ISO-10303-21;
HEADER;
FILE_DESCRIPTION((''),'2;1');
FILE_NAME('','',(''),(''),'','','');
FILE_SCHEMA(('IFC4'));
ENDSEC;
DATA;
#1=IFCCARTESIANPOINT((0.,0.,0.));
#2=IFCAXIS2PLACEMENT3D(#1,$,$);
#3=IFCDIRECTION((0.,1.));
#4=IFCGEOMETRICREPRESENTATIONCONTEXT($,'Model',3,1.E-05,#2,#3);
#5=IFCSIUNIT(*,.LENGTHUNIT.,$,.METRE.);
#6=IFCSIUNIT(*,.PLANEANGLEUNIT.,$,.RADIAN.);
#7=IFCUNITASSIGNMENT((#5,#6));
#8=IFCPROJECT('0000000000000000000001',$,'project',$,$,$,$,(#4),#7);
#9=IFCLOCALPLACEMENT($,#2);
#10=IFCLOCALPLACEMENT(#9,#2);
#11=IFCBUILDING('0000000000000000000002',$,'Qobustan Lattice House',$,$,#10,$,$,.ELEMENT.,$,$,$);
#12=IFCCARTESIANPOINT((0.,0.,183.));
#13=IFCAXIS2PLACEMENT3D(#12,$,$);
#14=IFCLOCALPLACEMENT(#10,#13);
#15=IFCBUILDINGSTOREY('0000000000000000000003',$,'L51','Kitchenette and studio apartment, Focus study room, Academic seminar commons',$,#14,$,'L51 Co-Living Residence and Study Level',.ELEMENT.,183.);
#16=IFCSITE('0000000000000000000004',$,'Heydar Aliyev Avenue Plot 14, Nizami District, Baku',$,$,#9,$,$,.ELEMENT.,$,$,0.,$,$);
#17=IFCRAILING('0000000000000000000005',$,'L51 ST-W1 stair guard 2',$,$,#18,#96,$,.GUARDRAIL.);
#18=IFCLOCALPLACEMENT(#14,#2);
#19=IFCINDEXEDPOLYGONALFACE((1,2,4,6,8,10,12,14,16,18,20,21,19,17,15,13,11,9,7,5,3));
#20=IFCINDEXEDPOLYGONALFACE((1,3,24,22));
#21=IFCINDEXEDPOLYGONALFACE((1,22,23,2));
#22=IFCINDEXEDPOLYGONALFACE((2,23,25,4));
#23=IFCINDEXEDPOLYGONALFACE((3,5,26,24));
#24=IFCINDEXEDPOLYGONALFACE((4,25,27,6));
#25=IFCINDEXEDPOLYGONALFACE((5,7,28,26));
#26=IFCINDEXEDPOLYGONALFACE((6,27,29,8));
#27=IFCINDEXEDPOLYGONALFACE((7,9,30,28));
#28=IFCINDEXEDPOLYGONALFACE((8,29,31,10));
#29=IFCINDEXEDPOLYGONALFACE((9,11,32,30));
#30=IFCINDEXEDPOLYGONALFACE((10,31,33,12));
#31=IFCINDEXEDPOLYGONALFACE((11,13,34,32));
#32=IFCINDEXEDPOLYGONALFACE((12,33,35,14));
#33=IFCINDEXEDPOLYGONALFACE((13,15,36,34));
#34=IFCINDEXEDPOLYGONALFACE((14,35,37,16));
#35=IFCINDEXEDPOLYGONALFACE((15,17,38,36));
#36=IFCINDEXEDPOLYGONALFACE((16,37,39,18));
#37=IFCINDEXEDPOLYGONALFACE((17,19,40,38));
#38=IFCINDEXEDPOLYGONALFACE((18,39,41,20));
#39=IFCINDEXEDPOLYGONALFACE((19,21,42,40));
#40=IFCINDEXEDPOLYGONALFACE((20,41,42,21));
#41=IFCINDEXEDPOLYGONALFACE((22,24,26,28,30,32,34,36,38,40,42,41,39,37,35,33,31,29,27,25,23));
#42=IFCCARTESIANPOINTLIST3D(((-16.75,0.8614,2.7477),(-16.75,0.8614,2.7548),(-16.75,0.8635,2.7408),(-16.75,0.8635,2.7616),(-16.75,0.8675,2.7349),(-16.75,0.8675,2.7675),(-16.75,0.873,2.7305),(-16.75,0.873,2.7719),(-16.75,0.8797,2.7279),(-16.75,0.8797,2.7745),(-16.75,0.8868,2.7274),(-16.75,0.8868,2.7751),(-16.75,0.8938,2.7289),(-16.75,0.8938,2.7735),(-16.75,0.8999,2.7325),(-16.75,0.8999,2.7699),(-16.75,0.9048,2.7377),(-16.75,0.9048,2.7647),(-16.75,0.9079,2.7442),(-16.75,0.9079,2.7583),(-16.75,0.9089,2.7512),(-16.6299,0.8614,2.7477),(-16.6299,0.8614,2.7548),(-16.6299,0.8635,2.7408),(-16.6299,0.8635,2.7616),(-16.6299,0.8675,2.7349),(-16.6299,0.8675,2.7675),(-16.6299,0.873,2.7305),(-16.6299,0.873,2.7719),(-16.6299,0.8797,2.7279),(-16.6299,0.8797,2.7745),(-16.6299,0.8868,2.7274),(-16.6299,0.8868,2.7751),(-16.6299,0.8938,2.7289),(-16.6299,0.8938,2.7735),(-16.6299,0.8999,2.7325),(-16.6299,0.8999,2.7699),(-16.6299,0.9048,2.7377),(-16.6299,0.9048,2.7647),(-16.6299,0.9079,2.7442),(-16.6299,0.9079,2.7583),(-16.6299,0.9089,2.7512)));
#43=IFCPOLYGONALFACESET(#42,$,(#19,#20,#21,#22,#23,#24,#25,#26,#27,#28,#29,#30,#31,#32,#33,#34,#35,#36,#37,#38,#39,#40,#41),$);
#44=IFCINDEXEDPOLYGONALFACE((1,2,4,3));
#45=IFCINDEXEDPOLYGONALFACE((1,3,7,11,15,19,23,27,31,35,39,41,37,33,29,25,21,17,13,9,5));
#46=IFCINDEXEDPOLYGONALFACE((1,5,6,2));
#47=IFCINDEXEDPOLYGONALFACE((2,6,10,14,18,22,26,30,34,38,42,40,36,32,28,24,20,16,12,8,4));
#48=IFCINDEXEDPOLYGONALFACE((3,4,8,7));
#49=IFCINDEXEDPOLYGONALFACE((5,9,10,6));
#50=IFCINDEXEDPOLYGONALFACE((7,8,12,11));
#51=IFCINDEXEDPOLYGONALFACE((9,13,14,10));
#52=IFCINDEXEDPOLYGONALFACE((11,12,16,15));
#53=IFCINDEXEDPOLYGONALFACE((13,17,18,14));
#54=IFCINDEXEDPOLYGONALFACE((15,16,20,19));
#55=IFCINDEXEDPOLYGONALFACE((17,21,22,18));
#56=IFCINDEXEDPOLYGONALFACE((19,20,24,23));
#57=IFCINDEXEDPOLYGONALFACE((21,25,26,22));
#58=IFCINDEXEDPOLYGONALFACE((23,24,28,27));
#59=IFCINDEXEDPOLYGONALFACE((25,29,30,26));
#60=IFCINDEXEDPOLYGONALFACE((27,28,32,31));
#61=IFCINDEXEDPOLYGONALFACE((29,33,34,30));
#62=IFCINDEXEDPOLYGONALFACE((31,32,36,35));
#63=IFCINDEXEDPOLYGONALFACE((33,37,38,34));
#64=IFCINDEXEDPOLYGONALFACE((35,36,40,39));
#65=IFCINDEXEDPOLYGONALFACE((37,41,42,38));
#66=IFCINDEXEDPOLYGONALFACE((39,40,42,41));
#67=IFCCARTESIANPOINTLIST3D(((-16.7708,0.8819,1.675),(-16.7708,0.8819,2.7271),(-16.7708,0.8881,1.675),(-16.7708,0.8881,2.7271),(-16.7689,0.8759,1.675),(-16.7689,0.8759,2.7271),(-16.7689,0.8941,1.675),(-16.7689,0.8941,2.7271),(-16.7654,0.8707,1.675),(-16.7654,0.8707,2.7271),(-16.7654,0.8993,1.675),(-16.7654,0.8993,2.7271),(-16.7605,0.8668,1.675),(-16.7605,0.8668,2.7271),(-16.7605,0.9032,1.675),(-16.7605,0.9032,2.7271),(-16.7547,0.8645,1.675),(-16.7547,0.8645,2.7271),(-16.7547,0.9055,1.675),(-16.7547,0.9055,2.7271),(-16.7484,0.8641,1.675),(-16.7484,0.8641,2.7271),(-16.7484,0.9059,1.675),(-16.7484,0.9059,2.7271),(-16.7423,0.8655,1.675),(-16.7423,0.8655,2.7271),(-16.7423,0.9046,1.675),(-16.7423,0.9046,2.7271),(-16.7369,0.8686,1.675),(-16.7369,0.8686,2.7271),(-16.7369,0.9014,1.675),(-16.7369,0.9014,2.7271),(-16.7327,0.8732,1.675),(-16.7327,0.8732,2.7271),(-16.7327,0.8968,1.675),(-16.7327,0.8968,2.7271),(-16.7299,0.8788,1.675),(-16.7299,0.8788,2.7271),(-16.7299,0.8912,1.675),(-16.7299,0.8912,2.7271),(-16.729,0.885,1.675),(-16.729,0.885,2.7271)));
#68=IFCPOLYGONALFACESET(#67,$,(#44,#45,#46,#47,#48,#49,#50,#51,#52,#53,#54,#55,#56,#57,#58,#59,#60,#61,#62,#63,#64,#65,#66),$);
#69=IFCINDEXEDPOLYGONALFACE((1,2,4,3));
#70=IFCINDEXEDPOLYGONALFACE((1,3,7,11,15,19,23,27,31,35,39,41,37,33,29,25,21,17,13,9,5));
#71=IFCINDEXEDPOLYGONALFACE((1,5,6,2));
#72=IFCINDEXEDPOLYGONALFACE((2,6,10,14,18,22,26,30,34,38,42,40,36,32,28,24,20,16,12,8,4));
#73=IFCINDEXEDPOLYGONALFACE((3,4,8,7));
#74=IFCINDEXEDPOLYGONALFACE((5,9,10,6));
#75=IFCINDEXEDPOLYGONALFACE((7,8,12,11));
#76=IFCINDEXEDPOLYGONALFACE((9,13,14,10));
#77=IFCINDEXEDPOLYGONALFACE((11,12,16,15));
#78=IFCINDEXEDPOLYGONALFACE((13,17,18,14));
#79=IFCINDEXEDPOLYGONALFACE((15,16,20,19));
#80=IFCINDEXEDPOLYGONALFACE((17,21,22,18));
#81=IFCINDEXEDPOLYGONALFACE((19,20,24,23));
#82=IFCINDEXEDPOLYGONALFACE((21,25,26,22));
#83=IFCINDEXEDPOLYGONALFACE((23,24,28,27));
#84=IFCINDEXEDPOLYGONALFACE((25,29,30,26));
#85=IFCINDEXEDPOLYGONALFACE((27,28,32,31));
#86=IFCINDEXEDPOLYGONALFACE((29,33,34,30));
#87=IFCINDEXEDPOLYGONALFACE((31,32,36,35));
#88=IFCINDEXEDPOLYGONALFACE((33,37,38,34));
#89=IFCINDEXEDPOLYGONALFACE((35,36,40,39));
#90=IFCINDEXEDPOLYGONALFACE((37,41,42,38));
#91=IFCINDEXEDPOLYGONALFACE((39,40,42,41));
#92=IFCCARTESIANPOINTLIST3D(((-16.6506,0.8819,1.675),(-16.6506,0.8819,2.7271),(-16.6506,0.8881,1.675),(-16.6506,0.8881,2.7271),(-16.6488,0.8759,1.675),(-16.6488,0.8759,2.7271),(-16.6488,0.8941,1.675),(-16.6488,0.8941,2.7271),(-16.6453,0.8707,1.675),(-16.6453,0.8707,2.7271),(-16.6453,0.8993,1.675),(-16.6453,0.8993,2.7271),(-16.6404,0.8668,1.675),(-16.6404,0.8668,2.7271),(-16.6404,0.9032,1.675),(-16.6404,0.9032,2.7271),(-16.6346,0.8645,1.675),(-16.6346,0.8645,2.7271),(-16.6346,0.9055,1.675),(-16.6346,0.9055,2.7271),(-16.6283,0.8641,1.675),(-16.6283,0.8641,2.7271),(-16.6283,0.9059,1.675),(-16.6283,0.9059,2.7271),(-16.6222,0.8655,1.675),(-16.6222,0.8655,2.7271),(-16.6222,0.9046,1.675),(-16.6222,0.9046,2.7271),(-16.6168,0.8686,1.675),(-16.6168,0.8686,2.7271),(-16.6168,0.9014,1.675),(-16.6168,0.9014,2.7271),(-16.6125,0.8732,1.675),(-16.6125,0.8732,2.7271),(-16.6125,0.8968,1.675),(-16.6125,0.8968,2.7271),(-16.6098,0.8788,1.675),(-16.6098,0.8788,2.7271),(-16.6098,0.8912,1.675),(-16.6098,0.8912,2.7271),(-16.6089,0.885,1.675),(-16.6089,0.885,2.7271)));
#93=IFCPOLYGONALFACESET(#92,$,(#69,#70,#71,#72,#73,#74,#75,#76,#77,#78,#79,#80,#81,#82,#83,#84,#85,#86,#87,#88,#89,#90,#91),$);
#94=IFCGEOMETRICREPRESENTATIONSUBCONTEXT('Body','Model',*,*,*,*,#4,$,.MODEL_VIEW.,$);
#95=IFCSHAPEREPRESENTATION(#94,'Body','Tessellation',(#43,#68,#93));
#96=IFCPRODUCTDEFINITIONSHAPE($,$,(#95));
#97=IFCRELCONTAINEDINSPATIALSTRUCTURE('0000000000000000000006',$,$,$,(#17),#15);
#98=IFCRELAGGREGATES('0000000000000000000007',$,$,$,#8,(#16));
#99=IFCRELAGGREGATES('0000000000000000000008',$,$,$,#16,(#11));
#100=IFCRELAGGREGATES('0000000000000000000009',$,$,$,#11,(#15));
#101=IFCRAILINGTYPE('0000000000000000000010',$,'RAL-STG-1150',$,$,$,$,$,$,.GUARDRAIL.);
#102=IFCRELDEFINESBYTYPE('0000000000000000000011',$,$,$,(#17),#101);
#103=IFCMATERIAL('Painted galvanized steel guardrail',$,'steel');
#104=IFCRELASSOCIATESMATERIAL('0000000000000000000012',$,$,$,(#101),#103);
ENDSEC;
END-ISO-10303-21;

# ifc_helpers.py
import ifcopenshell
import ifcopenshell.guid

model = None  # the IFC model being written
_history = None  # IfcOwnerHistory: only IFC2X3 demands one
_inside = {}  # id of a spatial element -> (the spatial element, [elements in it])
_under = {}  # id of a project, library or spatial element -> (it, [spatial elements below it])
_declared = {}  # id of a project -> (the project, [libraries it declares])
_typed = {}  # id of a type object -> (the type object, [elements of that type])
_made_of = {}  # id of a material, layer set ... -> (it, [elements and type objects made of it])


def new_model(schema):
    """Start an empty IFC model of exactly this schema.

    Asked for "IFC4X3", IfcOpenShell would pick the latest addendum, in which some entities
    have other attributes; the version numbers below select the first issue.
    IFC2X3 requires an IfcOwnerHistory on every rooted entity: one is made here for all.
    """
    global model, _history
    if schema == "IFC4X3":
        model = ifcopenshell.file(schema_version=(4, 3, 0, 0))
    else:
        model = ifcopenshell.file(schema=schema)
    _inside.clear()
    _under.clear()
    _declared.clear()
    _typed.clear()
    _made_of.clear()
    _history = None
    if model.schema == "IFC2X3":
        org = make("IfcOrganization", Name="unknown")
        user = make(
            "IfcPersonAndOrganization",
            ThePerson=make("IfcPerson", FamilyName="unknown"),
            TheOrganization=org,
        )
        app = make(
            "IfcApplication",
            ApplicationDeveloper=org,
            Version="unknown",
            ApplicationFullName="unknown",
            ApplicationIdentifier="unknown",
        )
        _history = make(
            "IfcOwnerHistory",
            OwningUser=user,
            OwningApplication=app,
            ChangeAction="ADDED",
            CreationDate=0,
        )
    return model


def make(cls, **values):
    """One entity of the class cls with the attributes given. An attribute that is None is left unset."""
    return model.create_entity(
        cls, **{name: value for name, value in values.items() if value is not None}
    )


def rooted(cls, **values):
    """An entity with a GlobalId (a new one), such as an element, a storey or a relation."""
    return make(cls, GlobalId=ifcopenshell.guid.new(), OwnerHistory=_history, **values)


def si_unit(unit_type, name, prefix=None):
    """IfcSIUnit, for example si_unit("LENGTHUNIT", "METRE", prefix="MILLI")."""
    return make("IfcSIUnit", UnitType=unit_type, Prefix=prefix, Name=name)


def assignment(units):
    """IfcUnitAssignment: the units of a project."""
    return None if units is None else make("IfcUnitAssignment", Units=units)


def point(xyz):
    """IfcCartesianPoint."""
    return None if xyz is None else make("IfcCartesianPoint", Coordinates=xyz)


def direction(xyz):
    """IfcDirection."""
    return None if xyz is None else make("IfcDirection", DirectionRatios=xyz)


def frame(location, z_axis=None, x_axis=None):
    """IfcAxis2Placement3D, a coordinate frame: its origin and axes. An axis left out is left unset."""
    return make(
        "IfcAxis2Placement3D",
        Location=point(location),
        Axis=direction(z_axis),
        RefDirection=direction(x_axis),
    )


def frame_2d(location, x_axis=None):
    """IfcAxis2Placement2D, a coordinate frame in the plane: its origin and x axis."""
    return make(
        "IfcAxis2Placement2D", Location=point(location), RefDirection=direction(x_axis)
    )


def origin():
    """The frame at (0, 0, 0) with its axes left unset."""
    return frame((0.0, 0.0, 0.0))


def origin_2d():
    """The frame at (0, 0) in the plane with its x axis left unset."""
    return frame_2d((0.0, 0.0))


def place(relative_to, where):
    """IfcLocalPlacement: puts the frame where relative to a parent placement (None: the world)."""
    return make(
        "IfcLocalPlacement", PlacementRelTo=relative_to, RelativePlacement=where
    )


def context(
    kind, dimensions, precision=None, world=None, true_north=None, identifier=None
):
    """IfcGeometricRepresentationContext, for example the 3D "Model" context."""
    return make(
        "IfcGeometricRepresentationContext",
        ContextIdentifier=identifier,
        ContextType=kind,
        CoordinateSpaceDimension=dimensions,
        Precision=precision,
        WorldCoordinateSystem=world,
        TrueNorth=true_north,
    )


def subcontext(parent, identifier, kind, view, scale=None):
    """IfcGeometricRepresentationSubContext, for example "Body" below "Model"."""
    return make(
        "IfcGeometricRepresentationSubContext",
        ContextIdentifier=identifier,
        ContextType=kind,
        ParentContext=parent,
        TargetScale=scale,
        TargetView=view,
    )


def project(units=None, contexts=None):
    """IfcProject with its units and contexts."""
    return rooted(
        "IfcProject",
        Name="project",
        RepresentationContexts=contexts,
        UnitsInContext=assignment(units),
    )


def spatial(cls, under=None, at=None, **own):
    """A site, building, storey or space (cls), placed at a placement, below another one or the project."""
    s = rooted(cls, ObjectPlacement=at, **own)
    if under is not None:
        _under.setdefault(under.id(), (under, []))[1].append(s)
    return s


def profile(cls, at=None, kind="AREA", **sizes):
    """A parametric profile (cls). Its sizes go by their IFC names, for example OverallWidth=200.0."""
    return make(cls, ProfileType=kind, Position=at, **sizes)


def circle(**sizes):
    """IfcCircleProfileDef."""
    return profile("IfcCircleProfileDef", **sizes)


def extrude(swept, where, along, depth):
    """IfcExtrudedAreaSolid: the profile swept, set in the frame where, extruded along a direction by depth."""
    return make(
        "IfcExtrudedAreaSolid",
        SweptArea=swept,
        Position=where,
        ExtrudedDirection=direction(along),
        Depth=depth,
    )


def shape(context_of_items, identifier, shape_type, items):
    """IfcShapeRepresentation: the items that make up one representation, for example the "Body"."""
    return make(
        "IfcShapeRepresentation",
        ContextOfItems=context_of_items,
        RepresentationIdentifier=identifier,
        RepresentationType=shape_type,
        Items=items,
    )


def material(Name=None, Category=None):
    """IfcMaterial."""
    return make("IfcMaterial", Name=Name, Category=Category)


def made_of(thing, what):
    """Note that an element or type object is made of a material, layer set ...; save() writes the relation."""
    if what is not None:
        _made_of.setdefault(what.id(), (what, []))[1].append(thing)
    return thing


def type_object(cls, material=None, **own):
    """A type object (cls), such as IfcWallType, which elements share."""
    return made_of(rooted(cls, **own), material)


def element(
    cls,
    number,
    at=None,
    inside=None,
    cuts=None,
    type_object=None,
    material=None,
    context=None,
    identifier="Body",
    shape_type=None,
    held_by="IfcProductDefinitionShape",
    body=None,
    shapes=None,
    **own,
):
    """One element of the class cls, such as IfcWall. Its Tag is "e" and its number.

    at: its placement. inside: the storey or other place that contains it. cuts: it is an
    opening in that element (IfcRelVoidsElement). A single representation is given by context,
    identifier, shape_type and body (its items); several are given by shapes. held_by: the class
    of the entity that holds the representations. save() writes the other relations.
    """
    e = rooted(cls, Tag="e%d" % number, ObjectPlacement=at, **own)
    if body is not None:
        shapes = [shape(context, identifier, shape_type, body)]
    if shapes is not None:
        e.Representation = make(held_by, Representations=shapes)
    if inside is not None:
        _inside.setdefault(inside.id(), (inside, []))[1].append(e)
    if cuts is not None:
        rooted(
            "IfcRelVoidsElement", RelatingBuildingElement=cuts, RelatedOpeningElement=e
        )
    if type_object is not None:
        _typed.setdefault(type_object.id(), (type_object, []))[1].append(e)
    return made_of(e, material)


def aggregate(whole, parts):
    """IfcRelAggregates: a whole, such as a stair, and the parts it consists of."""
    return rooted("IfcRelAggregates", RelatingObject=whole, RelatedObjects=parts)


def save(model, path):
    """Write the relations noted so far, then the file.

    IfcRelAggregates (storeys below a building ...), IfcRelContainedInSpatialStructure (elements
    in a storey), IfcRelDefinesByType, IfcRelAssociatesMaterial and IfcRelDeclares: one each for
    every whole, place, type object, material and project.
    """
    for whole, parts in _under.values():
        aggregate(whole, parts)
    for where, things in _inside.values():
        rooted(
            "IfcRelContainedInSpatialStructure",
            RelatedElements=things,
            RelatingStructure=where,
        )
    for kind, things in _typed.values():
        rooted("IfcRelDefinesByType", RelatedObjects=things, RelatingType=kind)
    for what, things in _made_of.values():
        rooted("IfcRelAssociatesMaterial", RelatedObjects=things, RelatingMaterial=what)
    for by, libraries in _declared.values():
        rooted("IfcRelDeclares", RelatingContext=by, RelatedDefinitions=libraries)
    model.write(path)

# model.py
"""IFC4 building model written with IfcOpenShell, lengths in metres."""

from ifc_helpers import new_model, si_unit, direction, frame, origin, origin_2d, place, context, subcontext, project, spatial, circle, extrude, material, type_object, element, save


model = new_model("IFC4")

# Units and contexts
model_context = context("Model", 3, precision=1e-05, world=origin(), true_north=direction((0.0, 1.0)))
body_context = subcontext(model_context, "Body", "Model", "MODEL_VIEW")
ifc_project = project(units=[si_unit("LENGTHUNIT", "METRE"), si_unit("PLANEANGLEUNIT", "RADIAN")], contexts=[model_context])

# Site, building, storey
site_placement = place(None, origin())
site = spatial("IfcSite", under=ifc_project, at=site_placement, Name="Heydar Aliyev Avenue Plot 14, Nizami District, Baku", CompositionType="ELEMENT", RefElevation=0.0)
building_placement = place(site_placement, origin())
building = spatial("IfcBuilding", under=site, at=building_placement, Name="Qobustan Lattice House", CompositionType="ELEMENT")
storey_placement = place(building_placement, frame((0.0, 0.0, 183.0)))
storey = spatial("IfcBuildingStorey", under=building, at=storey_placement, Name="L51", Description="Kitchenette and studio apartment, Focus study room, Academic seminar commons", LongName="L51 Co-Living Residence and Study Level", CompositionType="ELEMENT", Elevation=183.0)

# Railing
ifc_material_1 = material(Name="Painted galvanized steel guardrail", Category="steel")
railing_type_1 = type_object("IfcRailingType", Name="RAL-STG-1150", PredefinedType="GUARDRAIL", material=ifc_material_1)
railing_1_placement = place(storey_placement, frame((-16.75, 0.885, 1.675)))
element("IfcRailing", 1, at=railing_1_placement, inside=storey, type_object=railing_type_1, Name="L51 ST-W1 stair guard 2", PredefinedType="GUARDRAIL", context=body_context, shape_type="SweptSolid", body=[
    extrude(circle(Radius=0.0239, at=origin_2d()), frame((0.0, 0.0, 1.0762), z_axis=(1.0, 0.0, 0.0), x_axis=(0.0, 1.0, 0.0)), (0.0, 0.0, 1.0), 0.1201),
    extrude(circle(Radius=0.021, at=origin_2d()), origin(), (0.0, 0.0, 1.0), 1.052),
    extrude(circle(Radius=0.021, at=origin_2d()), frame((0.1201, 0.0, 0.0)), (0.0, 0.0, 1.0), 1.052),
])

save(model, "model.ifc")
